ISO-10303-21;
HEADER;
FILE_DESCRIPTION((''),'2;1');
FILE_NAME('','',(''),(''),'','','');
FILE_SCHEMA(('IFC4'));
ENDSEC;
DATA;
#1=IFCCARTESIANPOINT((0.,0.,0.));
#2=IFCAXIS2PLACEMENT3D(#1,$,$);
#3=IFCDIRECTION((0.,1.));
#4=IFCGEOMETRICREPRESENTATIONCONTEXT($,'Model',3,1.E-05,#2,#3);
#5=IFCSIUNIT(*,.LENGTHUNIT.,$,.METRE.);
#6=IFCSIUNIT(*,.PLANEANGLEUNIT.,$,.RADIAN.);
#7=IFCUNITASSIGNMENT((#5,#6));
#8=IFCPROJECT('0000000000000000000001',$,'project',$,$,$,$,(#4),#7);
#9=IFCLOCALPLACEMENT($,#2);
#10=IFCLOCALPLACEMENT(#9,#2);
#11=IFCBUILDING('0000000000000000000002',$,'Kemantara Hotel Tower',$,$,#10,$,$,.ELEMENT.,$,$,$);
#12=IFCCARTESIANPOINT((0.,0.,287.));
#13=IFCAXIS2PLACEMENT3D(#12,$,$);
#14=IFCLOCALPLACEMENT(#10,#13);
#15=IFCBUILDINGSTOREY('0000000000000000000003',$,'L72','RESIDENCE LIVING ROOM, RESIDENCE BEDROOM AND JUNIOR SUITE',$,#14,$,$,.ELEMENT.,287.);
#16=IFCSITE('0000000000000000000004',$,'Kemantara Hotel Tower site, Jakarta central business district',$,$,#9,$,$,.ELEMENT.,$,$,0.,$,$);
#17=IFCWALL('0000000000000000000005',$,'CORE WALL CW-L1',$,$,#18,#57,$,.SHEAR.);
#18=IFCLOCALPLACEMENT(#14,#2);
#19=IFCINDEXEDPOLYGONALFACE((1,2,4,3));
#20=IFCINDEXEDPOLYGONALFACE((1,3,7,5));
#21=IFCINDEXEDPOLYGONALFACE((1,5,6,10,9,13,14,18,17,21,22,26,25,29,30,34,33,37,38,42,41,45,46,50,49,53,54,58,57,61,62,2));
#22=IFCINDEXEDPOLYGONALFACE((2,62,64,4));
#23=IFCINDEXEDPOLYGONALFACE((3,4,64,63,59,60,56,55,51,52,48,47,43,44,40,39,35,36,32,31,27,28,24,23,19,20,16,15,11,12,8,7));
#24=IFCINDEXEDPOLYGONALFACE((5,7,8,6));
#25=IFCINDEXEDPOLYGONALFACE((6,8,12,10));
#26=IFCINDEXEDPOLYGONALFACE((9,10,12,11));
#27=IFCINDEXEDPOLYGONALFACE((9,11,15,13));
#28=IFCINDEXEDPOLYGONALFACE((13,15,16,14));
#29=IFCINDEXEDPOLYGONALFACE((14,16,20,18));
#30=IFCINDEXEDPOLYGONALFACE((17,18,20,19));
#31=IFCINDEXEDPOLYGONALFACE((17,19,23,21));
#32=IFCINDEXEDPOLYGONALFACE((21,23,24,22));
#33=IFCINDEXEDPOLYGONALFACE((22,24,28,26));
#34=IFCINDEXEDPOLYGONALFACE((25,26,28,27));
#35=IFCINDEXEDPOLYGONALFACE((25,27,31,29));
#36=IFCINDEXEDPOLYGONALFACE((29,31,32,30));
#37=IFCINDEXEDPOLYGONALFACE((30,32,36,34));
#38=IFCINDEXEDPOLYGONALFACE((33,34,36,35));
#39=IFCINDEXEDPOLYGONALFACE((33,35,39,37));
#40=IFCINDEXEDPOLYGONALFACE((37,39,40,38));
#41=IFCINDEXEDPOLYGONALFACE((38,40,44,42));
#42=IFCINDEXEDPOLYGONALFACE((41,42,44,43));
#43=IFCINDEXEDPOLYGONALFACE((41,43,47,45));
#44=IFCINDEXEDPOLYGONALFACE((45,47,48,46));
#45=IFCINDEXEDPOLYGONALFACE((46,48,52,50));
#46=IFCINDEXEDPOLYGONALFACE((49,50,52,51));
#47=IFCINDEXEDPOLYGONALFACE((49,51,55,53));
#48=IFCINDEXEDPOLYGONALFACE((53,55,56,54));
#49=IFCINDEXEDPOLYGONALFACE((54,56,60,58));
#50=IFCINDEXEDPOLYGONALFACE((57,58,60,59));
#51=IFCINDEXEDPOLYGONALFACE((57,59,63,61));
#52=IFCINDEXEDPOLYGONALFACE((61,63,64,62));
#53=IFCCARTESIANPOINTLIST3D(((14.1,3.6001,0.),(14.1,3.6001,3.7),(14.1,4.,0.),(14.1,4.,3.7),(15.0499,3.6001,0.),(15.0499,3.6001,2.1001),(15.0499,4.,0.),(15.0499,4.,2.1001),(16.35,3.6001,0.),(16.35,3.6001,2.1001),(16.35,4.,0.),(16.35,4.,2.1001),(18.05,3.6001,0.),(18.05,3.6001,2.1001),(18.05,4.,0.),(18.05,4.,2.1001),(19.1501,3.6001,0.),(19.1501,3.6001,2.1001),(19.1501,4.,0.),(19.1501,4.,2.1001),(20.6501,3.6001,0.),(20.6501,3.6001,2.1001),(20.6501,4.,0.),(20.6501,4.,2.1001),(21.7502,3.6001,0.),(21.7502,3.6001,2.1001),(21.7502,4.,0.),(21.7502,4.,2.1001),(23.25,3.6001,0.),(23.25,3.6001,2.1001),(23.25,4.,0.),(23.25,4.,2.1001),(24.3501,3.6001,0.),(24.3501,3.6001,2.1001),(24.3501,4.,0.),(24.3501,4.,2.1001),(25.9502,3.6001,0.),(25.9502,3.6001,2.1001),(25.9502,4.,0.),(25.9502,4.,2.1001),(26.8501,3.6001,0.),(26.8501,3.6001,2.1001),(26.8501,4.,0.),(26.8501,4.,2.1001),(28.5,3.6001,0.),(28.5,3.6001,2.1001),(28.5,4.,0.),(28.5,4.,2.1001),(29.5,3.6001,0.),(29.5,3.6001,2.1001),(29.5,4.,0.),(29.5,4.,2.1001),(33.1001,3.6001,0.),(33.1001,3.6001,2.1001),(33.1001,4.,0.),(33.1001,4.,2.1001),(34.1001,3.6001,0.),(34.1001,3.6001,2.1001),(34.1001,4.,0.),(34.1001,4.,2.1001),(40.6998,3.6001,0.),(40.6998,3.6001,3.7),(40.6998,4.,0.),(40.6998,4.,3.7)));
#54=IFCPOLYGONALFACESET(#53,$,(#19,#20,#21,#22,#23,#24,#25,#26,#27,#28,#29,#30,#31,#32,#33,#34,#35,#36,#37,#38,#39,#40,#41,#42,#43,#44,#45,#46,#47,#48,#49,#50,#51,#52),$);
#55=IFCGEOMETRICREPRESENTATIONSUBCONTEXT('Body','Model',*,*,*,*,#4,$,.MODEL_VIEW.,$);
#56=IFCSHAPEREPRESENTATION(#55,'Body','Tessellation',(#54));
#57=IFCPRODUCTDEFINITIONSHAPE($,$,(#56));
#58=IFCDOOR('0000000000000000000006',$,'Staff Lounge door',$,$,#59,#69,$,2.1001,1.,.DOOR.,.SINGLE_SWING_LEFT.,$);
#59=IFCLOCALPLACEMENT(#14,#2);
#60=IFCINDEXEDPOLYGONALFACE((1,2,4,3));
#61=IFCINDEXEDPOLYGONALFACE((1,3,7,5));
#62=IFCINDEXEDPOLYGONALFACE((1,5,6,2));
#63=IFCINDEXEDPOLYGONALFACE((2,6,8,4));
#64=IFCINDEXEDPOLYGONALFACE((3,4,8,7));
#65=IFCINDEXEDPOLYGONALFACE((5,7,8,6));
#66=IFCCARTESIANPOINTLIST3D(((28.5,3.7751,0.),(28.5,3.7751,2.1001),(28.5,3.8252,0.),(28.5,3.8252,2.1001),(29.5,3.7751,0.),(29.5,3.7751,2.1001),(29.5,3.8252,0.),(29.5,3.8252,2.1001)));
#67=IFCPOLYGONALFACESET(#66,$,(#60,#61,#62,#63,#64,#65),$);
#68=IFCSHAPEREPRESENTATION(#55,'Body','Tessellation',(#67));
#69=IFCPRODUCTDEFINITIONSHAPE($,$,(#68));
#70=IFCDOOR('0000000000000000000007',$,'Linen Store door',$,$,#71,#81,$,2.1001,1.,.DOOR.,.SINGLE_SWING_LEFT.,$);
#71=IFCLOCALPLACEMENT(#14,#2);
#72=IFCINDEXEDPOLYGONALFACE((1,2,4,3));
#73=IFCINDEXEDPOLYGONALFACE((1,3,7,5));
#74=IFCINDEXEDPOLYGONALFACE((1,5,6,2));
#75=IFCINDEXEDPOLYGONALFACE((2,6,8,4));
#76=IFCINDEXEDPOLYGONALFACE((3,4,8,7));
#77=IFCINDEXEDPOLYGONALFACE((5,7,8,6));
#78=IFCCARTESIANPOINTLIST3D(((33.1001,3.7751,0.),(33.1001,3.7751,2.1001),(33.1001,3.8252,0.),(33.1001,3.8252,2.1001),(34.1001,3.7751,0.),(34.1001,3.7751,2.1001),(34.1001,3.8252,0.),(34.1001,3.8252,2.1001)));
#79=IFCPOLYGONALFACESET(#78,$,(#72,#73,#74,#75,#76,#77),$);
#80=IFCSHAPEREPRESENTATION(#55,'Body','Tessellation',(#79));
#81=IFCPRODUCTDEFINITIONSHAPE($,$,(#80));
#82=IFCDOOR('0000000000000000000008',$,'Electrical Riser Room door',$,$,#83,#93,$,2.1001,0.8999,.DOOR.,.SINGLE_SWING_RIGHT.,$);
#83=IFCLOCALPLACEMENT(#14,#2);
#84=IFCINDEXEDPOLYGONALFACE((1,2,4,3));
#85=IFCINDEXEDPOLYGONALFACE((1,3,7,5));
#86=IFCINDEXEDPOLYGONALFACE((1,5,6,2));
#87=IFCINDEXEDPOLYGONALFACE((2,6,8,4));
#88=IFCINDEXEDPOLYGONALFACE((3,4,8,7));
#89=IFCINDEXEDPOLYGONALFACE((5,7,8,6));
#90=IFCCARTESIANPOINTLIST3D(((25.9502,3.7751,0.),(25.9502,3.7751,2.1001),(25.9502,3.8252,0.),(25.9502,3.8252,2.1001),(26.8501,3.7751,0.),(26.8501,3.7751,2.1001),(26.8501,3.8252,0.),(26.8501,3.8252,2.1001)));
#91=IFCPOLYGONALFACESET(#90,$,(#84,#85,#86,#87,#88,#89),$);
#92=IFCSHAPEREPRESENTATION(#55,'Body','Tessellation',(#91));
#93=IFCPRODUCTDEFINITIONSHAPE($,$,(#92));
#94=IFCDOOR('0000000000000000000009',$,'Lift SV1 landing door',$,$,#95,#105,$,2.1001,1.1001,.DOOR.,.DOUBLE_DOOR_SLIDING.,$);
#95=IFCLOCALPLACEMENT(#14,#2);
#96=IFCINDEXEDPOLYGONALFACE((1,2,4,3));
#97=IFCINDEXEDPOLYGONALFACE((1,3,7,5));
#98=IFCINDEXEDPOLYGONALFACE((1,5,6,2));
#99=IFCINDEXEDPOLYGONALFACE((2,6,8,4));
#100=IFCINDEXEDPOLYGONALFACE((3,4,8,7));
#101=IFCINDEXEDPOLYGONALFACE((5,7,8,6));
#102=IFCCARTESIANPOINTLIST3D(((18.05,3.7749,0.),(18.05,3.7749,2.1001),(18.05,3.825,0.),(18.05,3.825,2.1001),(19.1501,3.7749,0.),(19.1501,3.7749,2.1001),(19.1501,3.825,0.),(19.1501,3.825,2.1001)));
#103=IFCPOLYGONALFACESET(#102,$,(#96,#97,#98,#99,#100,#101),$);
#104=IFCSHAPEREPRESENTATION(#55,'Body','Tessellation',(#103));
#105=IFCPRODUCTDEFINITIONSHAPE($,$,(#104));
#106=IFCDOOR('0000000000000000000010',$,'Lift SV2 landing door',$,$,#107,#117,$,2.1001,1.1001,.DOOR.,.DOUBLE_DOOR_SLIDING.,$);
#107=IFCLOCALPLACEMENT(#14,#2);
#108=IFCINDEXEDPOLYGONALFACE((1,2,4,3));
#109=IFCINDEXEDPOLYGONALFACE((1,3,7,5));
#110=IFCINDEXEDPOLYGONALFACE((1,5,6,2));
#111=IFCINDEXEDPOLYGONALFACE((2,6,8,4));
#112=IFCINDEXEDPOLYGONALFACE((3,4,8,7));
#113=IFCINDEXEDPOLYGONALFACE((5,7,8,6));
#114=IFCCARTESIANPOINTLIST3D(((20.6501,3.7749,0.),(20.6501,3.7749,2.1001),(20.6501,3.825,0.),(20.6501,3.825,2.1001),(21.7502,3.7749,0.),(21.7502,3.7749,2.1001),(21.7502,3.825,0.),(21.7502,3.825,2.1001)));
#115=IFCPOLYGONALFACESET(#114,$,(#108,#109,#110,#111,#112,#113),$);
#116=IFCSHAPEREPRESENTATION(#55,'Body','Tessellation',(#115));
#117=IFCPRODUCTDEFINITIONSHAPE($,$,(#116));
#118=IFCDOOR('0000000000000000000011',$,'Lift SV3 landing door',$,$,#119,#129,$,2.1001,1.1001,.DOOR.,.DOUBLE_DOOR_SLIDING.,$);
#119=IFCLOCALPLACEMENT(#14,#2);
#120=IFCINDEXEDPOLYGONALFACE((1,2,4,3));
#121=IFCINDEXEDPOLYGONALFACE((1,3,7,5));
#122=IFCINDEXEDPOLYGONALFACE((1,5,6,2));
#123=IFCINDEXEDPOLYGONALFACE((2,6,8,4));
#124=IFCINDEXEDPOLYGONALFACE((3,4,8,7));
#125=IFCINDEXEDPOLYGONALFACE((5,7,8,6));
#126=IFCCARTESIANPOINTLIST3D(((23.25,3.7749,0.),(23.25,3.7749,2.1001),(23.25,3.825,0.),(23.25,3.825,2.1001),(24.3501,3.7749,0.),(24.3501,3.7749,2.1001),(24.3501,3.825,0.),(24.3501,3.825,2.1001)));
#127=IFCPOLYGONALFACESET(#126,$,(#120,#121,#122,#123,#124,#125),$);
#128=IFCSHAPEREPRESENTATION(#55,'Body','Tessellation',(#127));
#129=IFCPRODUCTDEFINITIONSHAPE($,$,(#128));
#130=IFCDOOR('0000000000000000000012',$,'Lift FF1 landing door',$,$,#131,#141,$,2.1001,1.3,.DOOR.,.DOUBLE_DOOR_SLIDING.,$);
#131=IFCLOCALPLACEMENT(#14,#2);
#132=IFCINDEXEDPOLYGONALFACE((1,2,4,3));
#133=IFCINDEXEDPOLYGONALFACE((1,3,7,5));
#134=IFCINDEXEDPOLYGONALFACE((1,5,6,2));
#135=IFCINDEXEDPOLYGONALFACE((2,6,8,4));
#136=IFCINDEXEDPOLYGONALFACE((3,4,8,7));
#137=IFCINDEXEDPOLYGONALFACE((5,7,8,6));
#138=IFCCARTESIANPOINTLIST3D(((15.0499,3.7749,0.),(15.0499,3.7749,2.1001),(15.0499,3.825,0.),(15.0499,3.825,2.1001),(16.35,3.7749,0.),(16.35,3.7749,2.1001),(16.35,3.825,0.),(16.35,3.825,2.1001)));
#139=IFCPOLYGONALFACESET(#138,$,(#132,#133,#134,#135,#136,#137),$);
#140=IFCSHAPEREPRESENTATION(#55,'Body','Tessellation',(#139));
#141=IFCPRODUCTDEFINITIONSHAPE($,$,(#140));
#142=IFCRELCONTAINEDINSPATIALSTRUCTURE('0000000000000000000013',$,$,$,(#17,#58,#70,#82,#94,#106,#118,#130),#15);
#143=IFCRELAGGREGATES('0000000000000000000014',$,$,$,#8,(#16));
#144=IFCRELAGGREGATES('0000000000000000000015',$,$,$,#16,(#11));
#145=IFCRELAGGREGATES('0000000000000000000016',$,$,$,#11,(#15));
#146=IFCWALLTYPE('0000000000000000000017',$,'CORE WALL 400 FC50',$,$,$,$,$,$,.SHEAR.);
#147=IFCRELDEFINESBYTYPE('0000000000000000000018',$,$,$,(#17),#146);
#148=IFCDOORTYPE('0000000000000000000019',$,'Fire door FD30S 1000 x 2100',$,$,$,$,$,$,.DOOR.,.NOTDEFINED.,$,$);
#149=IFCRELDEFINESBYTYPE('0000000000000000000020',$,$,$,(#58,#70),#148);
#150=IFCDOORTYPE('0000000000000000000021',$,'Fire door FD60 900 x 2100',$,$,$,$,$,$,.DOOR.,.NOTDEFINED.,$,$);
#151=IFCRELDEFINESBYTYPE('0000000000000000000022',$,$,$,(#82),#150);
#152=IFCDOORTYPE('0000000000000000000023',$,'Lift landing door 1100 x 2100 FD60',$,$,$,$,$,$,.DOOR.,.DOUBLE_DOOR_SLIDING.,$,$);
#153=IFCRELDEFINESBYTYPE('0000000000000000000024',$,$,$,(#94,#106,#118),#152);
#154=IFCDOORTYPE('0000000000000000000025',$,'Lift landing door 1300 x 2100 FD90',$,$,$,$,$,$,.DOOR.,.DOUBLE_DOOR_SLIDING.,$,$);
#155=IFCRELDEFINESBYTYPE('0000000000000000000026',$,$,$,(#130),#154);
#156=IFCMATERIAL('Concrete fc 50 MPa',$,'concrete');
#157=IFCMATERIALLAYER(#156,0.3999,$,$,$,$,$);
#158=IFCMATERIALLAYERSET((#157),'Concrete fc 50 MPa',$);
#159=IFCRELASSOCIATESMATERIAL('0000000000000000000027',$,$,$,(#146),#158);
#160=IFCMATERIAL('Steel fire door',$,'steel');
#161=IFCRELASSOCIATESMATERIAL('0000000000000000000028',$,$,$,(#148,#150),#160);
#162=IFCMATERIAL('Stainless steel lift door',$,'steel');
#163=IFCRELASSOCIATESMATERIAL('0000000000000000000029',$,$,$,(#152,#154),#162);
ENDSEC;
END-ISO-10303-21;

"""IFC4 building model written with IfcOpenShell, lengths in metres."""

from ifc_helpers import new_model, si_unit, direction, frame, frame_2d, origin, place, context, subcontext, project, spatial, rectangle, extrude, material, layer, layer_set, type_object, element, fill, save


model = new_model("IFC4")

# Units and contexts
model_context = context("Model", 3, precision=1e-05, world=origin(), true_north=direction((0.0, 1.0)))
body_context = subcontext(model_context, "Body", "Model", "MODEL_VIEW")
ifc_project = project(units=[si_unit("LENGTHUNIT", "METRE"), si_unit("PLANEANGLEUNIT", "RADIAN")], contexts=[model_context])

# Site, building, storey
site_placement = place(None, origin())
site = spatial("IfcSite", under=ifc_project, at=site_placement, Name="Kemantara Hotel Tower site, Jakarta central business district", CompositionType="ELEMENT", RefElevation=0.0)
building_placement = place(site_placement, origin())
building = spatial("IfcBuilding", under=site, at=building_placement, Name="Kemantara Hotel Tower", CompositionType="ELEMENT")
storey_placement = place(building_placement, frame((0.0, 0.0, 287.0)))
storey = spatial("IfcBuildingStorey", under=building, at=storey_placement, Name="L72", Description="RESIDENCE LIVING ROOM, RESIDENCE BEDROOM AND JUNIOR SUITE", CompositionType="ELEMENT", Elevation=287.0)

# Shared definitions
ifc_material_1 = material(Name="Concrete fc 50 MPa", Category="concrete")

# Wall, openings, doors
ifc_layer_1 = layer(ifc_material_1, 0.3999)
ifc_layer_set_1 = layer_set([ifc_layer_1], Name="Concrete fc 50 MPa")
wall_type_1 = type_object("IfcWallType", Name="CORE WALL 400 FC50", PredefinedType="SHEAR", material=ifc_layer_set_1)
ifc_material_2 = material(Name="Steel fire door", Category="steel")
door_type_1 = type_object("IfcDoorType", Name="Fire door FD30S 1000 x 2100", OperationType="NOTDEFINED", PredefinedType="DOOR", material=ifc_material_2)
wall_1_placement = place(storey_placement, frame((14.1001, 3.8, 0.0), z_axis=(0.0, 0.0, 1.0), x_axis=(1.0, 0.0, 0.0)))
wall_1 = element("IfcWall", 1, at=wall_1_placement, inside=storey, type_object=wall_type_1, Name="CORE WALL CW-L1", PredefinedType="SHEAR", context=body_context, shape_type="SweptSolid", body=[
    extrude(rectangle(XDim=26.5999, YDim=0.3999, at=frame_2d((13.2998, 0.0))), origin(), (0.0, 0.0, 1.0), 3.7),
])
opening_1_placement = place(wall_1_placement, frame((0.95, 0.0, 0.0)))
opening_1 = element("IfcOpeningElement", 2, at=opening_1_placement, cuts=wall_1, PredefinedType="OPENING", context=body_context, shape_type="SweptSolid", body=[
    extrude(rectangle(XDim=1.3, YDim=2.1001, at=frame_2d((0.6499, 1.05))), frame((0.0, 0.21, 0.0), z_axis=(0.0, -1.0, 0.0), x_axis=(1.0, 0.0, 0.0)), (0.0, 0.0, 1.0), 0.4199),
])
opening_2_placement = place(wall_1_placement, frame((3.95, 0.0, 0.0)))
opening_2 = element("IfcOpeningElement", 3, at=opening_2_placement, cuts=wall_1, PredefinedType="OPENING", context=body_context, shape_type="SweptSolid", body=[
    extrude(rectangle(XDim=1.1001, YDim=2.1001, at=frame_2d((0.55, 1.05))), frame((0.0, 0.21, 0.0), z_axis=(0.0, -1.0, 0.0), x_axis=(1.0, 0.0, 0.0)), (0.0, 0.0, 1.0), 0.4199),
])
opening_3_placement = place(wall_1_placement, frame((6.55, 0.0, 0.0)))
opening_3 = element("IfcOpeningElement", 4, at=opening_3_placement, cuts=wall_1, PredefinedType="OPENING", context=body_context, shape_type="SweptSolid", body=[
    extrude(rectangle(XDim=1.1001, YDim=2.1001, at=frame_2d((0.55, 1.05))), frame((0.0, 0.21, 0.0), z_axis=(0.0, -1.0, 0.0), x_axis=(1.0, 0.0, 0.0)), (0.0, 0.0, 1.0), 0.4199),
])
opening_4_placement = place(wall_1_placement, frame((9.1499, 0.0, 0.0)))
opening_4 = element("IfcOpeningElement", 5, at=opening_4_placement, cuts=wall_1, PredefinedType="OPENING", context=body_context, shape_type="SweptSolid", body=[
    extrude(rectangle(XDim=1.1001, YDim=2.1001, at=frame_2d((0.55, 1.05))), frame((0.0, 0.21, 0.0), z_axis=(0.0, -1.0, 0.0), x_axis=(1.0, 0.0, 0.0)), (0.0, 0.0, 1.0), 0.4199),
])
opening_5_placement = place(wall_1_placement, frame((11.8501, 0.0, 0.0)))
opening_5 = element("IfcOpeningElement", 6, at=opening_5_placement, cuts=wall_1, PredefinedType="OPENING", context=body_context, shape_type="SweptSolid", body=[
    extrude(rectangle(XDim=0.8999, YDim=2.1001, at=frame_2d((0.45, 1.05))), frame((0.0, 0.21, 0.0), z_axis=(0.0, -1.0, 0.0), x_axis=(1.0, 0.0, 0.0)), (0.0, 0.0, 1.0), 0.4199),
])
opening_6_placement = place(wall_1_placement, frame((14.3999, 0.0, 0.0)))
opening_6 = element("IfcOpeningElement", 7, at=opening_6_placement, cuts=wall_1, PredefinedType="OPENING", context=body_context, shape_type="SweptSolid", body=[
    extrude(rectangle(XDim=1.0, YDim=2.1001, at=frame_2d((0.5, 1.05))), frame((0.0, 0.21, 0.0), z_axis=(0.0, -1.0, 0.0), x_axis=(1.0, 0.0, 0.0)), (0.0, 0.0, 1.0), 0.4199),
])
opening_7_placement = place(wall_1_placement, frame((19.0, 0.0, 0.0)))
opening_7 = element("IfcOpeningElement", 8, at=opening_7_placement, cuts=wall_1, PredefinedType="OPENING", context=body_context, shape_type="SweptSolid", body=[
    extrude(rectangle(XDim=1.0, YDim=2.1001, at=frame_2d((0.5, 1.05))), frame((0.0, 0.21, 0.0), z_axis=(0.0, -1.0, 0.0), x_axis=(1.0, 0.0, 0.0)), (0.0, 0.0, 1.0), 0.4199),
])
door_1_placement = place(opening_6_placement, frame((1.0, 0.0, 0.0), z_axis=(0.0, 0.0, 1.0), x_axis=(-1.0, 0.0, 0.0)))
door_1 = element("IfcDoor", 9, at=door_1_placement, inside=storey, type_object=door_type_1, Name="Staff Lounge door", OperationType="SINGLE_SWING_LEFT", OverallHeight=2.1001, OverallWidth=1.0, PredefinedType="DOOR", context=body_context, shape_type="SweptSolid", body=[
    extrude(rectangle(XDim=1.0, YDim=2.1001, at=frame_2d((0.5, 1.05))), frame((0.0, 0.0249, 0.0), z_axis=(0.0, -1.0, 0.0), x_axis=(1.0, 0.0, 0.0)), (0.0, 0.0, 1.0), 0.05),
])
fill(opening_6, door_1)
door_2_placement = place(opening_7_placement, frame((1.0, 0.0, 0.0), z_axis=(0.0, 0.0, 1.0), x_axis=(-1.0, 0.0, 0.0)))
door_2 = element("IfcDoor", 10, at=door_2_placement, inside=storey, type_object=door_type_1, Name="Linen Store door", OperationType="SINGLE_SWING_LEFT", OverallHeight=2.1001, OverallWidth=1.0, PredefinedType="DOOR", context=body_context, shape_type="SweptSolid", body=[
    extrude(rectangle(XDim=1.0, YDim=2.1001, at=frame_2d((0.5, 1.05))), frame((0.0, 0.0249, 0.0), z_axis=(0.0, -1.0, 0.0), x_axis=(1.0, 0.0, 0.0)), (0.0, 0.0, 1.0), 0.05),
])
fill(opening_7, door_2)
door_type_2 = type_object("IfcDoorType", Name="Fire door FD60 900 x 2100", OperationType="NOTDEFINED", PredefinedType="DOOR", material=ifc_material_2)
door_3_placement = place(opening_5_placement, frame((0.8999, 0.0, 0.0), z_axis=(0.0, 0.0, 1.0), x_axis=(-1.0, 0.0, 0.0)))
door_3 = element("IfcDoor", 11, at=door_3_placement, inside=storey, type_object=door_type_2, Name="Electrical Riser Room door", OperationType="SINGLE_SWING_RIGHT", OverallHeight=2.1001, OverallWidth=0.8999, PredefinedType="DOOR", context=body_context, shape_type="SweptSolid", body=[
    extrude(rectangle(XDim=0.8999, YDim=2.1001, at=frame_2d((0.45, 1.05))), frame((0.0, 0.0249, 0.0), z_axis=(0.0, -1.0, 0.0), x_axis=(1.0, 0.0, 0.0)), (0.0, 0.0, 1.0), 0.05),
])
fill(opening_5, door_3)
ifc_material_3 = material(Name="Stainless steel lift door", Category="steel")
door_type_3 = type_object("IfcDoorType", Name="Lift landing door 1100 x 2100 FD60", OperationType="DOUBLE_DOOR_SLIDING", PredefinedType="DOOR", material=ifc_material_3)
door_4_placement = place(opening_2_placement, origin())
door_4 = element("IfcDoor", 12, at=door_4_placement, inside=storey, type_object=door_type_3, Name="Lift SV1 landing door", OperationType="DOUBLE_DOOR_SLIDING", OverallHeight=2.1001, OverallWidth=1.1001, PredefinedType="DOOR", context=body_context, shape_type="SweptSolid", body=[
    extrude(rectangle(XDim=1.1001, YDim=2.1001, at=frame_2d((0.55, 1.05))), frame((0.0, 0.0249, 0.0), z_axis=(0.0, -1.0, 0.0), x_axis=(1.0, 0.0, 0.0)), (0.0, 0.0, 1.0), 0.05),
])
fill(opening_2, door_4)
door_5_placement = place(opening_3_placement, origin())
door_5 = element("IfcDoor", 13, at=door_5_placement, inside=storey, type_object=door_type_3, Name="Lift SV2 landing door", OperationType="DOUBLE_DOOR_SLIDING", OverallHeight=2.1001, OverallWidth=1.1001, PredefinedType="DOOR", context=body_context, shape_type="SweptSolid", body=[
    extrude(rectangle(XDim=1.1001, YDim=2.1001, at=frame_2d((0.55, 1.05))), frame((0.0, 0.0249, 0.0), z_axis=(0.0, -1.0, 0.0), x_axis=(1.0, 0.0, 0.0)), (0.0, 0.0, 1.0), 0.05),
])
fill(opening_3, door_5)
door_6_placement = place(opening_4_placement, origin())
door_6 = element("IfcDoor", 14, at=door_6_placement, inside=storey, type_object=door_type_3, Name="Lift SV3 landing door", OperationType="DOUBLE_DOOR_SLIDING", OverallHeight=2.1001, OverallWidth=1.1001, PredefinedType="DOOR", context=body_context, shape_type="SweptSolid", body=[
    extrude(rectangle(XDim=1.1001, YDim=2.1001, at=frame_2d((0.55, 1.05))), frame((0.0, 0.0249, 0.0), z_axis=(0.0, -1.0, 0.0), x_axis=(1.0, 0.0, 0.0)), (0.0, 0.0, 1.0), 0.05),
])
fill(opening_4, door_6)
door_type_4 = type_object("IfcDoorType", Name="Lift landing door 1300 x 2100 FD90", OperationType="DOUBLE_DOOR_SLIDING", PredefinedType="DOOR", material=ifc_material_3)
door_7_placement = place(opening_1_placement, origin())
door_7 = element("IfcDoor", 15, at=door_7_placement, inside=storey, type_object=door_type_4, Name="Lift FF1 landing door", OperationType="DOUBLE_DOOR_SLIDING", OverallHeight=2.1001, OverallWidth=1.3, PredefinedType="DOOR", context=body_context, shape_type="SweptSolid", body=[
    extrude(rectangle(XDim=1.3, YDim=2.1001, at=frame_2d((0.6499, 1.05))), frame((0.0, 0.0249, 0.0), z_axis=(0.0, -1.0, 0.0), x_axis=(1.0, 0.0, 0.0)), (0.0, 0.0, 1.0), 0.05),
])
fill(opening_1, door_7)

save(model, "model.ifc")
